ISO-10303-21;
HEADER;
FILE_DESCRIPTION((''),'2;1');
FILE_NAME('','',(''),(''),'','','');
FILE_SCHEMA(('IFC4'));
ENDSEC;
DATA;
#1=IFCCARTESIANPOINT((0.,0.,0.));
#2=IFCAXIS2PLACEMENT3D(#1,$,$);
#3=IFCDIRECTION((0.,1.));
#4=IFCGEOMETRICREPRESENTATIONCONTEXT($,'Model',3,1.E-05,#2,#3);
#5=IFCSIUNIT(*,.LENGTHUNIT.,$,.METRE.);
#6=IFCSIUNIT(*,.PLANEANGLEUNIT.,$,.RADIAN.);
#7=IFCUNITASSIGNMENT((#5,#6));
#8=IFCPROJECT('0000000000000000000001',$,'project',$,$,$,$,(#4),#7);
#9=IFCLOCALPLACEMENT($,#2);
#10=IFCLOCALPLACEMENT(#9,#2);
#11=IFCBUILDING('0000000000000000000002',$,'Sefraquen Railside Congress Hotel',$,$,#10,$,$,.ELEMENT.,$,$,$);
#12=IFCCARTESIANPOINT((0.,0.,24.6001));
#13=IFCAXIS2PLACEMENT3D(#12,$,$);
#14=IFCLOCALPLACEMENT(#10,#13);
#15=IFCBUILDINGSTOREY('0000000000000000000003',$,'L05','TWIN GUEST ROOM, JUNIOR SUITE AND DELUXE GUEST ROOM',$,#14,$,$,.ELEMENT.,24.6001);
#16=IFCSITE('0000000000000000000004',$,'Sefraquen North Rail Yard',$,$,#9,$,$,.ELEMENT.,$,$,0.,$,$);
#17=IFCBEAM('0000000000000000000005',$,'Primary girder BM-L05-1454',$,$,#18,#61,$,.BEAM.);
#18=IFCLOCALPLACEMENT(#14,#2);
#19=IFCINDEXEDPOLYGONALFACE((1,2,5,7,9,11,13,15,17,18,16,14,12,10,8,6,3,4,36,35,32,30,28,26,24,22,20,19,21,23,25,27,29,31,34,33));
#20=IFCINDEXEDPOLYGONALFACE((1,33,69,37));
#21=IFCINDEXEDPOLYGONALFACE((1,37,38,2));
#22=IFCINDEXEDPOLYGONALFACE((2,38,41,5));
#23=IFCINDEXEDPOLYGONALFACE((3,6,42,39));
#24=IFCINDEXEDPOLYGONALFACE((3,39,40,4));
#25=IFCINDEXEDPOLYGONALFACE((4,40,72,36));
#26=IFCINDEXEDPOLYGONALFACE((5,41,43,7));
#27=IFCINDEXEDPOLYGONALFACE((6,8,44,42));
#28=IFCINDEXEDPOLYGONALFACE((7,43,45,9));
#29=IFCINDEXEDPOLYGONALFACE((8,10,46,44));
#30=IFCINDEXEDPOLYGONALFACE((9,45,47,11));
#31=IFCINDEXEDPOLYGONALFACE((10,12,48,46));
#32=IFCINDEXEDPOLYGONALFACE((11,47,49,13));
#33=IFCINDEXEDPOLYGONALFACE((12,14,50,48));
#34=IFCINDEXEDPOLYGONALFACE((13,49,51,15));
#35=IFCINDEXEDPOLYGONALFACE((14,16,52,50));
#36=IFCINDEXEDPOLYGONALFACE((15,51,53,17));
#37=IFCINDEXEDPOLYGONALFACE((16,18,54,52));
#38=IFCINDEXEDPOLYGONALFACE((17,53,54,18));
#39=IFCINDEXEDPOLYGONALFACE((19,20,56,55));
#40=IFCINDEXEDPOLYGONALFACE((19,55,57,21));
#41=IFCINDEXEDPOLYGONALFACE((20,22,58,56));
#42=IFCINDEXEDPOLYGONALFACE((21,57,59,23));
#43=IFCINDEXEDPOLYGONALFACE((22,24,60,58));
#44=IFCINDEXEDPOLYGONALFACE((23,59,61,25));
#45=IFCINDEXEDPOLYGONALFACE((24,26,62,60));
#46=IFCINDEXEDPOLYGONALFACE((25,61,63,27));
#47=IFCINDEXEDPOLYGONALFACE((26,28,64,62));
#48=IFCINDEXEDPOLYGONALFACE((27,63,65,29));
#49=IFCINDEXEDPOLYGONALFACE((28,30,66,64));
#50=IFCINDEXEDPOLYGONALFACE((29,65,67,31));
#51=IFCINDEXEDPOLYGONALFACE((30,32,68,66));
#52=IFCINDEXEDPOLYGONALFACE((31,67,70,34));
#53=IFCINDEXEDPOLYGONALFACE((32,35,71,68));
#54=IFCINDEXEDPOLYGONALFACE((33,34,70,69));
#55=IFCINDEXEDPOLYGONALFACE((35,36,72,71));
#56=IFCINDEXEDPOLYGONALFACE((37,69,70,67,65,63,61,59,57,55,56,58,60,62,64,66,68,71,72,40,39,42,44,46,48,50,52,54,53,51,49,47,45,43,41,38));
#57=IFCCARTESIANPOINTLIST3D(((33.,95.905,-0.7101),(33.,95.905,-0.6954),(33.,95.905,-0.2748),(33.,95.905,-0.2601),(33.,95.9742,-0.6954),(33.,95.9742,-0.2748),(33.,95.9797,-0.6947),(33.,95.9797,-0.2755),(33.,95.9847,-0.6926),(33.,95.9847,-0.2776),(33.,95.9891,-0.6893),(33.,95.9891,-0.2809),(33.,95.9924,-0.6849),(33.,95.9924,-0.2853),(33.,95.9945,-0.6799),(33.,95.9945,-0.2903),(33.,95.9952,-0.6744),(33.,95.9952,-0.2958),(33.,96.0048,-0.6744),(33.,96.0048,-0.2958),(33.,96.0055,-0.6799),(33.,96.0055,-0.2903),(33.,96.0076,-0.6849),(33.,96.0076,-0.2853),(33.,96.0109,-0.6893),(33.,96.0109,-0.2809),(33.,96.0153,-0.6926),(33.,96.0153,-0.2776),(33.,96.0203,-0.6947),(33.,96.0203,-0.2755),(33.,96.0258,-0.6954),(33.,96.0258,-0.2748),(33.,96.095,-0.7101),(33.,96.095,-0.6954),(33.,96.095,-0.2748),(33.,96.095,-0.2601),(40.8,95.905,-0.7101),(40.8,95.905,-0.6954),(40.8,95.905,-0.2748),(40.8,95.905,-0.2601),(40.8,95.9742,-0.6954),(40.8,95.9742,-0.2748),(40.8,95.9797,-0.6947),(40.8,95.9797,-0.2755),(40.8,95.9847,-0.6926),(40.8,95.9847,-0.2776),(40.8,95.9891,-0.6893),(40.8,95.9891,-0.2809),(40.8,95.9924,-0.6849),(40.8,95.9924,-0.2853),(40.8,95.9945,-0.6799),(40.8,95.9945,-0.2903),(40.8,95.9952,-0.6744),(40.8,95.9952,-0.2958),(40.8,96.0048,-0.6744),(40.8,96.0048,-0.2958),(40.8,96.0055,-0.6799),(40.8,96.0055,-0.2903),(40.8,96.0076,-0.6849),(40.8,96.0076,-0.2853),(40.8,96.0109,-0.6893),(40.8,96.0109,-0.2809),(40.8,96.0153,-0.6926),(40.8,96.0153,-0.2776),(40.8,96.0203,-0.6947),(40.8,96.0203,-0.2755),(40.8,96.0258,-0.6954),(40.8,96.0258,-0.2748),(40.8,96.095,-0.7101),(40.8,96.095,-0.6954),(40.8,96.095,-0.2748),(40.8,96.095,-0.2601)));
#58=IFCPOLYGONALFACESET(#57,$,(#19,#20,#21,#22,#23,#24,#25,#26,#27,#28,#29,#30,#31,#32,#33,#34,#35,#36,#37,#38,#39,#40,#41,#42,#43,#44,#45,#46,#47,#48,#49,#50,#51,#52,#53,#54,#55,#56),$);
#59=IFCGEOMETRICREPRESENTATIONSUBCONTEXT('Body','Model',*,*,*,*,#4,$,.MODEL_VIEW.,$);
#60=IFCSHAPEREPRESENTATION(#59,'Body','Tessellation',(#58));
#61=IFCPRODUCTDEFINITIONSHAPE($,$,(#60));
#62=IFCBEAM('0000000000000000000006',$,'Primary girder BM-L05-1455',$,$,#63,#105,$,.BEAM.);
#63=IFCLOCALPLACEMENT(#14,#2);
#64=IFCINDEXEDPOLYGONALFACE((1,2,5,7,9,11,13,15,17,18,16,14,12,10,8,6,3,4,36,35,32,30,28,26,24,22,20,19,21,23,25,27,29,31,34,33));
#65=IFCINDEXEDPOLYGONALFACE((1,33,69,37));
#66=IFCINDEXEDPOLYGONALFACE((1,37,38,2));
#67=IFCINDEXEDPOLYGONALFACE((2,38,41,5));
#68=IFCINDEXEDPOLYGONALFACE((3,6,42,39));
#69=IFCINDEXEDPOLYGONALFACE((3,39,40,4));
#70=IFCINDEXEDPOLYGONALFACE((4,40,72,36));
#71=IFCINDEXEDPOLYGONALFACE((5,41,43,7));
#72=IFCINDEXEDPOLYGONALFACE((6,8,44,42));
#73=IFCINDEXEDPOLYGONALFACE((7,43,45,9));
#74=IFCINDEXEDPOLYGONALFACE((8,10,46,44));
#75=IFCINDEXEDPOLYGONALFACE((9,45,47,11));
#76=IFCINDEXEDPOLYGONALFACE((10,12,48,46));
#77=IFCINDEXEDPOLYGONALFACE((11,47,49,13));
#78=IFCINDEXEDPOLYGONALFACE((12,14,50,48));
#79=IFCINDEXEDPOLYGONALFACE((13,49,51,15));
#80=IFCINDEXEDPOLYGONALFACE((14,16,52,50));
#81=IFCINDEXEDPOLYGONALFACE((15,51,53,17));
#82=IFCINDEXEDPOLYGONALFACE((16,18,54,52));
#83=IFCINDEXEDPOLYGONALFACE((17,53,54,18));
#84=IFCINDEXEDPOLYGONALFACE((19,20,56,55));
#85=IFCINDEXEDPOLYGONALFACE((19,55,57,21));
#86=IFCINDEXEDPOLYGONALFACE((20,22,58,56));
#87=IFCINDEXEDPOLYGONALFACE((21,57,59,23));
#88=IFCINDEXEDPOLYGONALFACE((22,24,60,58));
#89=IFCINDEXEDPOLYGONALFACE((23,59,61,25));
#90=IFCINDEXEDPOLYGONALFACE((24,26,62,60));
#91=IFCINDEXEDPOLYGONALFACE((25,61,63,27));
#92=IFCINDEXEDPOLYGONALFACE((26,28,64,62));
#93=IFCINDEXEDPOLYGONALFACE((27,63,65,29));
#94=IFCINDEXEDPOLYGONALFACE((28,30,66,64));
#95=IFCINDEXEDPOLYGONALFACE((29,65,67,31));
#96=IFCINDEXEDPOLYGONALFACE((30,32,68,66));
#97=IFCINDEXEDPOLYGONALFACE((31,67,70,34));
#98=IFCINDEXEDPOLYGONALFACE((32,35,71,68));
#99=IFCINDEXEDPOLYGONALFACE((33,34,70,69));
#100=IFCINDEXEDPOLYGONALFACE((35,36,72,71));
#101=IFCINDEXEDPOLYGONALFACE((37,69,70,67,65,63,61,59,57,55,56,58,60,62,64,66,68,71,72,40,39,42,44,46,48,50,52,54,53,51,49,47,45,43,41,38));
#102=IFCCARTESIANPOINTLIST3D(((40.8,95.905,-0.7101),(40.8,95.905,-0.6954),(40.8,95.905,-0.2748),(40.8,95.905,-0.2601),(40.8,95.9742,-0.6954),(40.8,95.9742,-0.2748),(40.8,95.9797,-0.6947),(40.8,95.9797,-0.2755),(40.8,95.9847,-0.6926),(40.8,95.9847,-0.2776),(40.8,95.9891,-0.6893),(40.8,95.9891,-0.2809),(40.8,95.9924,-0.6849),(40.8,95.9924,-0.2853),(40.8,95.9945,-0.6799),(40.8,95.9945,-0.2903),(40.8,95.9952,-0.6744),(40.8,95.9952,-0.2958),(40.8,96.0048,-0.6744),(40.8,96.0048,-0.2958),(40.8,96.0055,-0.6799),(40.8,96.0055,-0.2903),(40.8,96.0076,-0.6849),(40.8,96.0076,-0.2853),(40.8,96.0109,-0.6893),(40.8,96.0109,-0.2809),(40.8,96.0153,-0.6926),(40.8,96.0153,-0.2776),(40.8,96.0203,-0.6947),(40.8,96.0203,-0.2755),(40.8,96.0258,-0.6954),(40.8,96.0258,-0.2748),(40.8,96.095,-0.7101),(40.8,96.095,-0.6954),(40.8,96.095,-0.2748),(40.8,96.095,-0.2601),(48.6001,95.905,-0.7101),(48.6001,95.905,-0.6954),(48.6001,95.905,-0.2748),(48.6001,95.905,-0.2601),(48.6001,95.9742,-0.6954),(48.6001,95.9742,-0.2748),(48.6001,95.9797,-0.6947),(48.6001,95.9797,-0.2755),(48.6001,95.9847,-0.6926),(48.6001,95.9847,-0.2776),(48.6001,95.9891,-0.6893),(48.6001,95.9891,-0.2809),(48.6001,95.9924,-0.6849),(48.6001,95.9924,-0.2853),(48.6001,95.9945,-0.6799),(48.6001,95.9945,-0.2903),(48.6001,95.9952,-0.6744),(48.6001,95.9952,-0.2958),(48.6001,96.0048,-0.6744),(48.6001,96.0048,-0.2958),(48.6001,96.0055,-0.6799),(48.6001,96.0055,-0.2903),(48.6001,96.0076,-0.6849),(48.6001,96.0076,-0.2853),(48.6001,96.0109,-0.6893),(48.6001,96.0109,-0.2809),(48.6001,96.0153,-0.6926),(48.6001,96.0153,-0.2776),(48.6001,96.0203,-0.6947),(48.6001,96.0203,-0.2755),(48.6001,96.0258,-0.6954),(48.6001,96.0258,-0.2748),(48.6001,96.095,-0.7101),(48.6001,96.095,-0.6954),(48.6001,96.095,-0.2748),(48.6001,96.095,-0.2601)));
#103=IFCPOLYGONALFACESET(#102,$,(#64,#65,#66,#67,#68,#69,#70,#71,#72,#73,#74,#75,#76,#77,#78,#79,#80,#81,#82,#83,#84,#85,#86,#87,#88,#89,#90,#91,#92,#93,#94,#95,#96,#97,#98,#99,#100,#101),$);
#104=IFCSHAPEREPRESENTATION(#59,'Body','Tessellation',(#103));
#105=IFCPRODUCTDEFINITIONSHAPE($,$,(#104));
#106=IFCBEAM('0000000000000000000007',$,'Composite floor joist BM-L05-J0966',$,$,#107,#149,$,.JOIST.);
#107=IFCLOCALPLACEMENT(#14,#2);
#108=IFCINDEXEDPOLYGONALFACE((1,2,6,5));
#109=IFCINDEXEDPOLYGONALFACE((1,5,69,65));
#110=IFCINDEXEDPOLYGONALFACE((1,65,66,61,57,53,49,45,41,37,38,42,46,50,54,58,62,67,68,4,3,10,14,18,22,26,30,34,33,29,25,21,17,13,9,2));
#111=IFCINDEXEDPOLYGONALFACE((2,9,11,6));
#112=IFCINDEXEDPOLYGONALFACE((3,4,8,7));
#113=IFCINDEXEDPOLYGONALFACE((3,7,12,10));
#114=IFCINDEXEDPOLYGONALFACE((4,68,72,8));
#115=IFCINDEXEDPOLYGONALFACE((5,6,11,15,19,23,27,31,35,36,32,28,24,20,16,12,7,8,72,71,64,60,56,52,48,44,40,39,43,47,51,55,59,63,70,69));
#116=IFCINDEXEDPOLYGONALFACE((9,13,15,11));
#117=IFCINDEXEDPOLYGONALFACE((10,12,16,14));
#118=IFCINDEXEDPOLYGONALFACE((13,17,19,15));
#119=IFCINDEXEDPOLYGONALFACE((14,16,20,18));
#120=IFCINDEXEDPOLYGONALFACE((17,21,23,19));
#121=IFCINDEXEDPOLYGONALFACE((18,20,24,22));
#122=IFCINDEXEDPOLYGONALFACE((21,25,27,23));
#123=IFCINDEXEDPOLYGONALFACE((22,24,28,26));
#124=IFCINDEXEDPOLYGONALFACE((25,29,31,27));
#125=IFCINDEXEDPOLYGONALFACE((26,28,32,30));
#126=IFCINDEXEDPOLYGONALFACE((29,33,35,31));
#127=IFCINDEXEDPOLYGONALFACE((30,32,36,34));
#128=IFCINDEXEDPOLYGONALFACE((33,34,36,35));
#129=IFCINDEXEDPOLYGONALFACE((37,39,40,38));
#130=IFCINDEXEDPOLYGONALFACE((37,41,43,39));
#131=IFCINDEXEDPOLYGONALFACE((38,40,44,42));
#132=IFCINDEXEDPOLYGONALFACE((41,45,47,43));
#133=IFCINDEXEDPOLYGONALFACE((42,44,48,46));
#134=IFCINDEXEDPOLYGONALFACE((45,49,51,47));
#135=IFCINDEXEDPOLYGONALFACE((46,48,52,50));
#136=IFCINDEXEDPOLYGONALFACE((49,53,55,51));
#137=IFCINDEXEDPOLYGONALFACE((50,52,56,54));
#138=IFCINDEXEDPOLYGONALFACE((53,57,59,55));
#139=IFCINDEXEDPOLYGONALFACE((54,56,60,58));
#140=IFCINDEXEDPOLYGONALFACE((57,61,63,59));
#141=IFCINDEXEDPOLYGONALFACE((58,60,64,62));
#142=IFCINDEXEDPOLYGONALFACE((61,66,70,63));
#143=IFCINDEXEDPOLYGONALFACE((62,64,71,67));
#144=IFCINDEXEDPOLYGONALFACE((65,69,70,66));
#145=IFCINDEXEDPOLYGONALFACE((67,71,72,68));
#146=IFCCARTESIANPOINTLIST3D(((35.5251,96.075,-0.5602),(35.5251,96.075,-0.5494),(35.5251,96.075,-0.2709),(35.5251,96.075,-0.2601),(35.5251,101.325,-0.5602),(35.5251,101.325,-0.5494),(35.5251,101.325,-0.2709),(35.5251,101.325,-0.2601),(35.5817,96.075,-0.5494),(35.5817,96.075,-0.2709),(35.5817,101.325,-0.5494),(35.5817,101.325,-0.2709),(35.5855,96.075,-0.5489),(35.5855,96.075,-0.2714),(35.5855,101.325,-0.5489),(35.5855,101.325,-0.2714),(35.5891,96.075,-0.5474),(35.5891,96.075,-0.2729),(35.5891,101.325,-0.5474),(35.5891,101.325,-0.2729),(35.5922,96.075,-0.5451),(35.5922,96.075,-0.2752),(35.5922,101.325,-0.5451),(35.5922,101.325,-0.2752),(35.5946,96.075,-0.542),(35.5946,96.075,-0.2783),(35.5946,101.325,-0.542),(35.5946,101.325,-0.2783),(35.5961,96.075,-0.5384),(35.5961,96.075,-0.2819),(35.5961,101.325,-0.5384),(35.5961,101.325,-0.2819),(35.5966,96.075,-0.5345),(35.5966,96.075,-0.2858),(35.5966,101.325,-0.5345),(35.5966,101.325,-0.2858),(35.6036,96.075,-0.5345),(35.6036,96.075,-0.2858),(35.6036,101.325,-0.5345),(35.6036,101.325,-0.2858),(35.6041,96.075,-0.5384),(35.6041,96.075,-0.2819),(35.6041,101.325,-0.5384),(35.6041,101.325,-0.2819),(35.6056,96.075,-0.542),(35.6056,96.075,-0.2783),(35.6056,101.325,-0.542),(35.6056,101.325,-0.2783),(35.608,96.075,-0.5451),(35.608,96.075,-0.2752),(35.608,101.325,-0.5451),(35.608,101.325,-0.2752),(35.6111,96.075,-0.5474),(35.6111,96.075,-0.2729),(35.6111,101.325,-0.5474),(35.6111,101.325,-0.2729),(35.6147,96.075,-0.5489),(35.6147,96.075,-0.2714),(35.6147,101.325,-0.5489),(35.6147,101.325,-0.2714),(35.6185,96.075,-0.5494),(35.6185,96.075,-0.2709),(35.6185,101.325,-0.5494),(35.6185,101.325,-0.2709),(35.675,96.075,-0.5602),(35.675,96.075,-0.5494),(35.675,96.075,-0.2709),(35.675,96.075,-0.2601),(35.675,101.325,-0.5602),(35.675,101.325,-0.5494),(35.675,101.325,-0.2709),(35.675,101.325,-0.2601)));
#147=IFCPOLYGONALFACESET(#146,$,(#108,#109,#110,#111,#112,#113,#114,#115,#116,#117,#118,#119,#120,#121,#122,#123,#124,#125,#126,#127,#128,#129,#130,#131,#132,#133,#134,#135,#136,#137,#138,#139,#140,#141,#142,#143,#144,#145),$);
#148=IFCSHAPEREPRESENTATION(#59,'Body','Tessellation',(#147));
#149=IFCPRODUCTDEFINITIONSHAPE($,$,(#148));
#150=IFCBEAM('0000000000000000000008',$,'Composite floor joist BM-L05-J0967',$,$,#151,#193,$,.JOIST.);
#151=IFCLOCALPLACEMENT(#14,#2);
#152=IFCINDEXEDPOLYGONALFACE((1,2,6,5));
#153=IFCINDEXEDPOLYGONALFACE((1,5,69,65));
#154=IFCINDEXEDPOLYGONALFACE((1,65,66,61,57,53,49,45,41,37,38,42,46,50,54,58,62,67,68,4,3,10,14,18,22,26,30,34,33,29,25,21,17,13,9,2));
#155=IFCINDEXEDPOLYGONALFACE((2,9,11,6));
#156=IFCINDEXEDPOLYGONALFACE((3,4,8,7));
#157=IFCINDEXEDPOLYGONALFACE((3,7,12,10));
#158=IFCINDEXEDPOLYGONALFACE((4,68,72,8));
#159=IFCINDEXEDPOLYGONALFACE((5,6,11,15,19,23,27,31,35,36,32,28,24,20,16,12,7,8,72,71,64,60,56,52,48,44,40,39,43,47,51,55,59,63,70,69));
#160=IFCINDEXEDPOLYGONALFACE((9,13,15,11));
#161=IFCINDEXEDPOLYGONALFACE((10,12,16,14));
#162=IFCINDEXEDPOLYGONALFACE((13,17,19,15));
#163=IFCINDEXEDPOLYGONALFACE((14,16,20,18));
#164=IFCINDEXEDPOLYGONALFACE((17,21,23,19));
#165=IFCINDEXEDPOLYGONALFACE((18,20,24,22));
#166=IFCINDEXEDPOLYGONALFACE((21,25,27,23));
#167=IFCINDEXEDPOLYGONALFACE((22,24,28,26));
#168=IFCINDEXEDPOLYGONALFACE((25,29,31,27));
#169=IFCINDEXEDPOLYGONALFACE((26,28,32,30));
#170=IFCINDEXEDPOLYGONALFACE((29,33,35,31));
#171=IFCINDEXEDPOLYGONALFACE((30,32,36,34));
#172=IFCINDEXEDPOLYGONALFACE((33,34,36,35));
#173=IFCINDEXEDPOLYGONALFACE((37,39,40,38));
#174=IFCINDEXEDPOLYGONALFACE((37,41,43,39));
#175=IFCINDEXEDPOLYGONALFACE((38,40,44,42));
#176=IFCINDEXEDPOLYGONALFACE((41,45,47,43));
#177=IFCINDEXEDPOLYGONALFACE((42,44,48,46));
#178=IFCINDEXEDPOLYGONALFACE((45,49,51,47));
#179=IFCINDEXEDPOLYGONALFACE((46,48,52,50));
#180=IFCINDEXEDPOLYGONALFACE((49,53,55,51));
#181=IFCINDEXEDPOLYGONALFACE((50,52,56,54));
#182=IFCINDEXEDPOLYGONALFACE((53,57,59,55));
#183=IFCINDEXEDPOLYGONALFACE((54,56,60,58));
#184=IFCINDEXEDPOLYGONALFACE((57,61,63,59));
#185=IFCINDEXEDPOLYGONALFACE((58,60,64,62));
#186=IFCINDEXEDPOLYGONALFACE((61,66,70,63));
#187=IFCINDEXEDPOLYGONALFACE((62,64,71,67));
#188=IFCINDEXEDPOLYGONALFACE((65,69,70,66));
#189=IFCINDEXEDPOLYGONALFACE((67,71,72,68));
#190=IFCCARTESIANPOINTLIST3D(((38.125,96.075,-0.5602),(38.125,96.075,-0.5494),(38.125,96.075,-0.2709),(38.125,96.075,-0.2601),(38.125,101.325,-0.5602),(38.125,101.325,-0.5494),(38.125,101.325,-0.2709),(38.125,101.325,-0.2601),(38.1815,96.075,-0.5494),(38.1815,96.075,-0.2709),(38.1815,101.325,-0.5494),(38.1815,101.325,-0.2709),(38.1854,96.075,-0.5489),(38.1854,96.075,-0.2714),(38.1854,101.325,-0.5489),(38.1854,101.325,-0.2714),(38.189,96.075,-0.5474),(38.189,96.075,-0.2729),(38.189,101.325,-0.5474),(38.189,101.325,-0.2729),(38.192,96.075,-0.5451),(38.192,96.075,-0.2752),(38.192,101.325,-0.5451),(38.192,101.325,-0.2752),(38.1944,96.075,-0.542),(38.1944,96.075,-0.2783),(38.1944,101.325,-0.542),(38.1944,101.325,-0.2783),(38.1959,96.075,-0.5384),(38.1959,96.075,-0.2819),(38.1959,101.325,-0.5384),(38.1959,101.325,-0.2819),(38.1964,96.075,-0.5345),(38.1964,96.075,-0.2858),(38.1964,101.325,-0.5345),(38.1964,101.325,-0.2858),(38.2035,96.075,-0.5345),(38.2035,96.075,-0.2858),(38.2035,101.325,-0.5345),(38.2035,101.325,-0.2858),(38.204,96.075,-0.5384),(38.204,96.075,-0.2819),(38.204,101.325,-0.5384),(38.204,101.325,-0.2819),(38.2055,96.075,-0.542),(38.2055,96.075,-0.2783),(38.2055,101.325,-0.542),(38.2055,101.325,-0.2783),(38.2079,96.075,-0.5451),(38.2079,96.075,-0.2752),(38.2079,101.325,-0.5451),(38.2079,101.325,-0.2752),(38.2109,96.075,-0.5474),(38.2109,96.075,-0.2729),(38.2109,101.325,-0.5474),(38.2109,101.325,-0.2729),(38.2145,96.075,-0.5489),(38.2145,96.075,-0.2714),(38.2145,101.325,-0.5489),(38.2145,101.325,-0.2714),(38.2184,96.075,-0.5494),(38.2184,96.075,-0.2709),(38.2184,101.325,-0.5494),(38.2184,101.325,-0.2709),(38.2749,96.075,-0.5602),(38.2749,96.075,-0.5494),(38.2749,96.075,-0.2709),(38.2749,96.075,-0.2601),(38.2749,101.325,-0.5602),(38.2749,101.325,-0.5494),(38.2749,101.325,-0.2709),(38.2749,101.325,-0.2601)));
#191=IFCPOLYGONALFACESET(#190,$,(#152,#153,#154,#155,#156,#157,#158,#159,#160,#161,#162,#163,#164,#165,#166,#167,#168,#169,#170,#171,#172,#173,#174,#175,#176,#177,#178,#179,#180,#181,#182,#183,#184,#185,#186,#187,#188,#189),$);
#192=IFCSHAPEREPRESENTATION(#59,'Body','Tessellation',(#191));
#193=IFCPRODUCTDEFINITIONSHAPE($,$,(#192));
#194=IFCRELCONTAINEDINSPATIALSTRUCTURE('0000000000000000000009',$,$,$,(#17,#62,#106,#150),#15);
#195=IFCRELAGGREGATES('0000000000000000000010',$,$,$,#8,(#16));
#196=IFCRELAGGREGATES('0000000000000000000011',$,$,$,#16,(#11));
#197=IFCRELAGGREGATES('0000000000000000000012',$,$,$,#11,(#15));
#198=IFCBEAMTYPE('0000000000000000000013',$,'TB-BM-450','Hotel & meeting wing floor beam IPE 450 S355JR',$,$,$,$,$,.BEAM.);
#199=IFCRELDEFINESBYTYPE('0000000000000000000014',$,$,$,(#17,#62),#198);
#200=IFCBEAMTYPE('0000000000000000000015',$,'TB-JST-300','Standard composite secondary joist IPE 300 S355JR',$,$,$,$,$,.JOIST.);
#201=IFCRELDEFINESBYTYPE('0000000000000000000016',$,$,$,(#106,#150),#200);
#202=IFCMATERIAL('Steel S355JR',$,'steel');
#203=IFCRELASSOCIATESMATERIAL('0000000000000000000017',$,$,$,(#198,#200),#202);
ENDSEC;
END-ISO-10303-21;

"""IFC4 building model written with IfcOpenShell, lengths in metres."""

from ifc_helpers import new_model, si_unit, direction, frame, origin, origin_2d, place, context, subcontext, project, spatial, i_section, extrude, material, material_profile, profile_set, type_object, element, save


model = new_model("IFC4")

# Units and contexts
model_context = context("Model", 3, precision=1e-05, world=origin(), true_north=direction((0.0, 1.0)))
body_context = subcontext(model_context, "Body", "Model", "MODEL_VIEW")
ifc_project = project(units=[si_unit("LENGTHUNIT", "METRE"), si_unit("PLANEANGLEUNIT", "RADIAN")], contexts=[model_context])

# Site, building, storey
site_placement = place(None, origin())
site = spatial("IfcSite", under=ifc_project, at=site_placement, Name="Sefraquen North Rail Yard", CompositionType="ELEMENT", RefElevation=0.0)
building_placement = place(site_placement, origin())
building = spatial("IfcBuilding", under=site, at=building_placement, Name="Sefraquen Railside Congress Hotel", CompositionType="ELEMENT")
storey_placement = place(building_placement, frame((0.0, 0.0, 24.6001)))
storey = spatial("IfcBuildingStorey", under=building, at=storey_placement, Name="L05", Description="TWIN GUEST ROOM, JUNIOR SUITE AND DELUXE GUEST ROOM", CompositionType="ELEMENT", Elevation=24.6001)

# Shared definitions
ifc_material_1 = material(Name="Steel S355JR", Category="steel")

# Beams
ifc_material_profile_1 = material_profile(ifc_material_1, i_section(OverallWidth=0.1899, OverallDepth=0.45, WebThickness=0.0095, FlangeThickness=0.0146, FilletRadius=0.021, at=origin_2d()), Name="IPE 450")
ifc_profile_set_1 = profile_set([ifc_material_profile_1], Name="Steel S355JR")
beam_type_1 = type_object("IfcBeamType", Name="TB-BM-450", Description="Hotel & meeting wing floor beam IPE 450 S355JR", PredefinedType="BEAM", material=ifc_profile_set_1)
for number, where, z_axis, x_axis, name in (
    (1, (33.0, 96.0, -0.4851), (1.0, 0.0, 0.0), (0.0, 1.0, 0.0), "Primary girder BM-L05-1454"),
    (2, (40.8, 96.0, -0.4851), (1.0, 0.0, 0.0), (0.0, 1.0, 0.0), "Primary girder BM-L05-1455"),
):
    element("IfcBeam", number, at=place(storey_placement, frame(where, z_axis=z_axis, x_axis=x_axis)), inside=storey, type_object=beam_type_1, Name=name, PredefinedType="BEAM", context=body_context, shape_type="SweptSolid", body=[
        extrude(i_section(OverallWidth=0.1899, OverallDepth=0.45, WebThickness=0.0095, FlangeThickness=0.0146, FilletRadius=0.021, at=origin_2d()), origin(), (0.0, 0.0, 1.0), 7.8),
    ])
ifc_material_profile_2 = material_profile(ifc_material_1, i_section(OverallWidth=0.1499, OverallDepth=0.3, WebThickness=0.0071, FlangeThickness=0.0107, FilletRadius=0.0149, at=origin_2d()), Name="IPE 300")
ifc_profile_set_2 = profile_set([ifc_material_profile_2], Name="Steel S355JR")
beam_type_2 = type_object("IfcBeamType", Name="TB-JST-300", Description="Standard composite secondary joist IPE 300 S355JR", PredefinedType="JOIST", material=ifc_profile_set_2)
for number, where, z_axis, x_axis, name in (
    (3, (35.6001, 96.075, -0.4102), (0.0, 1.0, 0.0), (-1.0, 0.0, 0.0), "Composite floor joist BM-L05-J0966"),
    (4, (38.2, 96.075, -0.4102), (0.0, 1.0, 0.0), (-1.0, 0.0, 0.0), "Composite floor joist BM-L05-J0967"),
):
    element("IfcBeam", number, at=place(storey_placement, frame(where, z_axis=z_axis, x_axis=x_axis)), inside=storey, type_object=beam_type_2, Name=name, PredefinedType="JOIST", context=body_context, shape_type="SweptSolid", body=[
        extrude(i_section(OverallWidth=0.1499, OverallDepth=0.3, WebThickness=0.0071, FlangeThickness=0.0107, FilletRadius=0.0149, at=origin_2d()), origin(), (0.0, 0.0, 1.0), 5.25),
    ])

save(model, "model.ifc")
